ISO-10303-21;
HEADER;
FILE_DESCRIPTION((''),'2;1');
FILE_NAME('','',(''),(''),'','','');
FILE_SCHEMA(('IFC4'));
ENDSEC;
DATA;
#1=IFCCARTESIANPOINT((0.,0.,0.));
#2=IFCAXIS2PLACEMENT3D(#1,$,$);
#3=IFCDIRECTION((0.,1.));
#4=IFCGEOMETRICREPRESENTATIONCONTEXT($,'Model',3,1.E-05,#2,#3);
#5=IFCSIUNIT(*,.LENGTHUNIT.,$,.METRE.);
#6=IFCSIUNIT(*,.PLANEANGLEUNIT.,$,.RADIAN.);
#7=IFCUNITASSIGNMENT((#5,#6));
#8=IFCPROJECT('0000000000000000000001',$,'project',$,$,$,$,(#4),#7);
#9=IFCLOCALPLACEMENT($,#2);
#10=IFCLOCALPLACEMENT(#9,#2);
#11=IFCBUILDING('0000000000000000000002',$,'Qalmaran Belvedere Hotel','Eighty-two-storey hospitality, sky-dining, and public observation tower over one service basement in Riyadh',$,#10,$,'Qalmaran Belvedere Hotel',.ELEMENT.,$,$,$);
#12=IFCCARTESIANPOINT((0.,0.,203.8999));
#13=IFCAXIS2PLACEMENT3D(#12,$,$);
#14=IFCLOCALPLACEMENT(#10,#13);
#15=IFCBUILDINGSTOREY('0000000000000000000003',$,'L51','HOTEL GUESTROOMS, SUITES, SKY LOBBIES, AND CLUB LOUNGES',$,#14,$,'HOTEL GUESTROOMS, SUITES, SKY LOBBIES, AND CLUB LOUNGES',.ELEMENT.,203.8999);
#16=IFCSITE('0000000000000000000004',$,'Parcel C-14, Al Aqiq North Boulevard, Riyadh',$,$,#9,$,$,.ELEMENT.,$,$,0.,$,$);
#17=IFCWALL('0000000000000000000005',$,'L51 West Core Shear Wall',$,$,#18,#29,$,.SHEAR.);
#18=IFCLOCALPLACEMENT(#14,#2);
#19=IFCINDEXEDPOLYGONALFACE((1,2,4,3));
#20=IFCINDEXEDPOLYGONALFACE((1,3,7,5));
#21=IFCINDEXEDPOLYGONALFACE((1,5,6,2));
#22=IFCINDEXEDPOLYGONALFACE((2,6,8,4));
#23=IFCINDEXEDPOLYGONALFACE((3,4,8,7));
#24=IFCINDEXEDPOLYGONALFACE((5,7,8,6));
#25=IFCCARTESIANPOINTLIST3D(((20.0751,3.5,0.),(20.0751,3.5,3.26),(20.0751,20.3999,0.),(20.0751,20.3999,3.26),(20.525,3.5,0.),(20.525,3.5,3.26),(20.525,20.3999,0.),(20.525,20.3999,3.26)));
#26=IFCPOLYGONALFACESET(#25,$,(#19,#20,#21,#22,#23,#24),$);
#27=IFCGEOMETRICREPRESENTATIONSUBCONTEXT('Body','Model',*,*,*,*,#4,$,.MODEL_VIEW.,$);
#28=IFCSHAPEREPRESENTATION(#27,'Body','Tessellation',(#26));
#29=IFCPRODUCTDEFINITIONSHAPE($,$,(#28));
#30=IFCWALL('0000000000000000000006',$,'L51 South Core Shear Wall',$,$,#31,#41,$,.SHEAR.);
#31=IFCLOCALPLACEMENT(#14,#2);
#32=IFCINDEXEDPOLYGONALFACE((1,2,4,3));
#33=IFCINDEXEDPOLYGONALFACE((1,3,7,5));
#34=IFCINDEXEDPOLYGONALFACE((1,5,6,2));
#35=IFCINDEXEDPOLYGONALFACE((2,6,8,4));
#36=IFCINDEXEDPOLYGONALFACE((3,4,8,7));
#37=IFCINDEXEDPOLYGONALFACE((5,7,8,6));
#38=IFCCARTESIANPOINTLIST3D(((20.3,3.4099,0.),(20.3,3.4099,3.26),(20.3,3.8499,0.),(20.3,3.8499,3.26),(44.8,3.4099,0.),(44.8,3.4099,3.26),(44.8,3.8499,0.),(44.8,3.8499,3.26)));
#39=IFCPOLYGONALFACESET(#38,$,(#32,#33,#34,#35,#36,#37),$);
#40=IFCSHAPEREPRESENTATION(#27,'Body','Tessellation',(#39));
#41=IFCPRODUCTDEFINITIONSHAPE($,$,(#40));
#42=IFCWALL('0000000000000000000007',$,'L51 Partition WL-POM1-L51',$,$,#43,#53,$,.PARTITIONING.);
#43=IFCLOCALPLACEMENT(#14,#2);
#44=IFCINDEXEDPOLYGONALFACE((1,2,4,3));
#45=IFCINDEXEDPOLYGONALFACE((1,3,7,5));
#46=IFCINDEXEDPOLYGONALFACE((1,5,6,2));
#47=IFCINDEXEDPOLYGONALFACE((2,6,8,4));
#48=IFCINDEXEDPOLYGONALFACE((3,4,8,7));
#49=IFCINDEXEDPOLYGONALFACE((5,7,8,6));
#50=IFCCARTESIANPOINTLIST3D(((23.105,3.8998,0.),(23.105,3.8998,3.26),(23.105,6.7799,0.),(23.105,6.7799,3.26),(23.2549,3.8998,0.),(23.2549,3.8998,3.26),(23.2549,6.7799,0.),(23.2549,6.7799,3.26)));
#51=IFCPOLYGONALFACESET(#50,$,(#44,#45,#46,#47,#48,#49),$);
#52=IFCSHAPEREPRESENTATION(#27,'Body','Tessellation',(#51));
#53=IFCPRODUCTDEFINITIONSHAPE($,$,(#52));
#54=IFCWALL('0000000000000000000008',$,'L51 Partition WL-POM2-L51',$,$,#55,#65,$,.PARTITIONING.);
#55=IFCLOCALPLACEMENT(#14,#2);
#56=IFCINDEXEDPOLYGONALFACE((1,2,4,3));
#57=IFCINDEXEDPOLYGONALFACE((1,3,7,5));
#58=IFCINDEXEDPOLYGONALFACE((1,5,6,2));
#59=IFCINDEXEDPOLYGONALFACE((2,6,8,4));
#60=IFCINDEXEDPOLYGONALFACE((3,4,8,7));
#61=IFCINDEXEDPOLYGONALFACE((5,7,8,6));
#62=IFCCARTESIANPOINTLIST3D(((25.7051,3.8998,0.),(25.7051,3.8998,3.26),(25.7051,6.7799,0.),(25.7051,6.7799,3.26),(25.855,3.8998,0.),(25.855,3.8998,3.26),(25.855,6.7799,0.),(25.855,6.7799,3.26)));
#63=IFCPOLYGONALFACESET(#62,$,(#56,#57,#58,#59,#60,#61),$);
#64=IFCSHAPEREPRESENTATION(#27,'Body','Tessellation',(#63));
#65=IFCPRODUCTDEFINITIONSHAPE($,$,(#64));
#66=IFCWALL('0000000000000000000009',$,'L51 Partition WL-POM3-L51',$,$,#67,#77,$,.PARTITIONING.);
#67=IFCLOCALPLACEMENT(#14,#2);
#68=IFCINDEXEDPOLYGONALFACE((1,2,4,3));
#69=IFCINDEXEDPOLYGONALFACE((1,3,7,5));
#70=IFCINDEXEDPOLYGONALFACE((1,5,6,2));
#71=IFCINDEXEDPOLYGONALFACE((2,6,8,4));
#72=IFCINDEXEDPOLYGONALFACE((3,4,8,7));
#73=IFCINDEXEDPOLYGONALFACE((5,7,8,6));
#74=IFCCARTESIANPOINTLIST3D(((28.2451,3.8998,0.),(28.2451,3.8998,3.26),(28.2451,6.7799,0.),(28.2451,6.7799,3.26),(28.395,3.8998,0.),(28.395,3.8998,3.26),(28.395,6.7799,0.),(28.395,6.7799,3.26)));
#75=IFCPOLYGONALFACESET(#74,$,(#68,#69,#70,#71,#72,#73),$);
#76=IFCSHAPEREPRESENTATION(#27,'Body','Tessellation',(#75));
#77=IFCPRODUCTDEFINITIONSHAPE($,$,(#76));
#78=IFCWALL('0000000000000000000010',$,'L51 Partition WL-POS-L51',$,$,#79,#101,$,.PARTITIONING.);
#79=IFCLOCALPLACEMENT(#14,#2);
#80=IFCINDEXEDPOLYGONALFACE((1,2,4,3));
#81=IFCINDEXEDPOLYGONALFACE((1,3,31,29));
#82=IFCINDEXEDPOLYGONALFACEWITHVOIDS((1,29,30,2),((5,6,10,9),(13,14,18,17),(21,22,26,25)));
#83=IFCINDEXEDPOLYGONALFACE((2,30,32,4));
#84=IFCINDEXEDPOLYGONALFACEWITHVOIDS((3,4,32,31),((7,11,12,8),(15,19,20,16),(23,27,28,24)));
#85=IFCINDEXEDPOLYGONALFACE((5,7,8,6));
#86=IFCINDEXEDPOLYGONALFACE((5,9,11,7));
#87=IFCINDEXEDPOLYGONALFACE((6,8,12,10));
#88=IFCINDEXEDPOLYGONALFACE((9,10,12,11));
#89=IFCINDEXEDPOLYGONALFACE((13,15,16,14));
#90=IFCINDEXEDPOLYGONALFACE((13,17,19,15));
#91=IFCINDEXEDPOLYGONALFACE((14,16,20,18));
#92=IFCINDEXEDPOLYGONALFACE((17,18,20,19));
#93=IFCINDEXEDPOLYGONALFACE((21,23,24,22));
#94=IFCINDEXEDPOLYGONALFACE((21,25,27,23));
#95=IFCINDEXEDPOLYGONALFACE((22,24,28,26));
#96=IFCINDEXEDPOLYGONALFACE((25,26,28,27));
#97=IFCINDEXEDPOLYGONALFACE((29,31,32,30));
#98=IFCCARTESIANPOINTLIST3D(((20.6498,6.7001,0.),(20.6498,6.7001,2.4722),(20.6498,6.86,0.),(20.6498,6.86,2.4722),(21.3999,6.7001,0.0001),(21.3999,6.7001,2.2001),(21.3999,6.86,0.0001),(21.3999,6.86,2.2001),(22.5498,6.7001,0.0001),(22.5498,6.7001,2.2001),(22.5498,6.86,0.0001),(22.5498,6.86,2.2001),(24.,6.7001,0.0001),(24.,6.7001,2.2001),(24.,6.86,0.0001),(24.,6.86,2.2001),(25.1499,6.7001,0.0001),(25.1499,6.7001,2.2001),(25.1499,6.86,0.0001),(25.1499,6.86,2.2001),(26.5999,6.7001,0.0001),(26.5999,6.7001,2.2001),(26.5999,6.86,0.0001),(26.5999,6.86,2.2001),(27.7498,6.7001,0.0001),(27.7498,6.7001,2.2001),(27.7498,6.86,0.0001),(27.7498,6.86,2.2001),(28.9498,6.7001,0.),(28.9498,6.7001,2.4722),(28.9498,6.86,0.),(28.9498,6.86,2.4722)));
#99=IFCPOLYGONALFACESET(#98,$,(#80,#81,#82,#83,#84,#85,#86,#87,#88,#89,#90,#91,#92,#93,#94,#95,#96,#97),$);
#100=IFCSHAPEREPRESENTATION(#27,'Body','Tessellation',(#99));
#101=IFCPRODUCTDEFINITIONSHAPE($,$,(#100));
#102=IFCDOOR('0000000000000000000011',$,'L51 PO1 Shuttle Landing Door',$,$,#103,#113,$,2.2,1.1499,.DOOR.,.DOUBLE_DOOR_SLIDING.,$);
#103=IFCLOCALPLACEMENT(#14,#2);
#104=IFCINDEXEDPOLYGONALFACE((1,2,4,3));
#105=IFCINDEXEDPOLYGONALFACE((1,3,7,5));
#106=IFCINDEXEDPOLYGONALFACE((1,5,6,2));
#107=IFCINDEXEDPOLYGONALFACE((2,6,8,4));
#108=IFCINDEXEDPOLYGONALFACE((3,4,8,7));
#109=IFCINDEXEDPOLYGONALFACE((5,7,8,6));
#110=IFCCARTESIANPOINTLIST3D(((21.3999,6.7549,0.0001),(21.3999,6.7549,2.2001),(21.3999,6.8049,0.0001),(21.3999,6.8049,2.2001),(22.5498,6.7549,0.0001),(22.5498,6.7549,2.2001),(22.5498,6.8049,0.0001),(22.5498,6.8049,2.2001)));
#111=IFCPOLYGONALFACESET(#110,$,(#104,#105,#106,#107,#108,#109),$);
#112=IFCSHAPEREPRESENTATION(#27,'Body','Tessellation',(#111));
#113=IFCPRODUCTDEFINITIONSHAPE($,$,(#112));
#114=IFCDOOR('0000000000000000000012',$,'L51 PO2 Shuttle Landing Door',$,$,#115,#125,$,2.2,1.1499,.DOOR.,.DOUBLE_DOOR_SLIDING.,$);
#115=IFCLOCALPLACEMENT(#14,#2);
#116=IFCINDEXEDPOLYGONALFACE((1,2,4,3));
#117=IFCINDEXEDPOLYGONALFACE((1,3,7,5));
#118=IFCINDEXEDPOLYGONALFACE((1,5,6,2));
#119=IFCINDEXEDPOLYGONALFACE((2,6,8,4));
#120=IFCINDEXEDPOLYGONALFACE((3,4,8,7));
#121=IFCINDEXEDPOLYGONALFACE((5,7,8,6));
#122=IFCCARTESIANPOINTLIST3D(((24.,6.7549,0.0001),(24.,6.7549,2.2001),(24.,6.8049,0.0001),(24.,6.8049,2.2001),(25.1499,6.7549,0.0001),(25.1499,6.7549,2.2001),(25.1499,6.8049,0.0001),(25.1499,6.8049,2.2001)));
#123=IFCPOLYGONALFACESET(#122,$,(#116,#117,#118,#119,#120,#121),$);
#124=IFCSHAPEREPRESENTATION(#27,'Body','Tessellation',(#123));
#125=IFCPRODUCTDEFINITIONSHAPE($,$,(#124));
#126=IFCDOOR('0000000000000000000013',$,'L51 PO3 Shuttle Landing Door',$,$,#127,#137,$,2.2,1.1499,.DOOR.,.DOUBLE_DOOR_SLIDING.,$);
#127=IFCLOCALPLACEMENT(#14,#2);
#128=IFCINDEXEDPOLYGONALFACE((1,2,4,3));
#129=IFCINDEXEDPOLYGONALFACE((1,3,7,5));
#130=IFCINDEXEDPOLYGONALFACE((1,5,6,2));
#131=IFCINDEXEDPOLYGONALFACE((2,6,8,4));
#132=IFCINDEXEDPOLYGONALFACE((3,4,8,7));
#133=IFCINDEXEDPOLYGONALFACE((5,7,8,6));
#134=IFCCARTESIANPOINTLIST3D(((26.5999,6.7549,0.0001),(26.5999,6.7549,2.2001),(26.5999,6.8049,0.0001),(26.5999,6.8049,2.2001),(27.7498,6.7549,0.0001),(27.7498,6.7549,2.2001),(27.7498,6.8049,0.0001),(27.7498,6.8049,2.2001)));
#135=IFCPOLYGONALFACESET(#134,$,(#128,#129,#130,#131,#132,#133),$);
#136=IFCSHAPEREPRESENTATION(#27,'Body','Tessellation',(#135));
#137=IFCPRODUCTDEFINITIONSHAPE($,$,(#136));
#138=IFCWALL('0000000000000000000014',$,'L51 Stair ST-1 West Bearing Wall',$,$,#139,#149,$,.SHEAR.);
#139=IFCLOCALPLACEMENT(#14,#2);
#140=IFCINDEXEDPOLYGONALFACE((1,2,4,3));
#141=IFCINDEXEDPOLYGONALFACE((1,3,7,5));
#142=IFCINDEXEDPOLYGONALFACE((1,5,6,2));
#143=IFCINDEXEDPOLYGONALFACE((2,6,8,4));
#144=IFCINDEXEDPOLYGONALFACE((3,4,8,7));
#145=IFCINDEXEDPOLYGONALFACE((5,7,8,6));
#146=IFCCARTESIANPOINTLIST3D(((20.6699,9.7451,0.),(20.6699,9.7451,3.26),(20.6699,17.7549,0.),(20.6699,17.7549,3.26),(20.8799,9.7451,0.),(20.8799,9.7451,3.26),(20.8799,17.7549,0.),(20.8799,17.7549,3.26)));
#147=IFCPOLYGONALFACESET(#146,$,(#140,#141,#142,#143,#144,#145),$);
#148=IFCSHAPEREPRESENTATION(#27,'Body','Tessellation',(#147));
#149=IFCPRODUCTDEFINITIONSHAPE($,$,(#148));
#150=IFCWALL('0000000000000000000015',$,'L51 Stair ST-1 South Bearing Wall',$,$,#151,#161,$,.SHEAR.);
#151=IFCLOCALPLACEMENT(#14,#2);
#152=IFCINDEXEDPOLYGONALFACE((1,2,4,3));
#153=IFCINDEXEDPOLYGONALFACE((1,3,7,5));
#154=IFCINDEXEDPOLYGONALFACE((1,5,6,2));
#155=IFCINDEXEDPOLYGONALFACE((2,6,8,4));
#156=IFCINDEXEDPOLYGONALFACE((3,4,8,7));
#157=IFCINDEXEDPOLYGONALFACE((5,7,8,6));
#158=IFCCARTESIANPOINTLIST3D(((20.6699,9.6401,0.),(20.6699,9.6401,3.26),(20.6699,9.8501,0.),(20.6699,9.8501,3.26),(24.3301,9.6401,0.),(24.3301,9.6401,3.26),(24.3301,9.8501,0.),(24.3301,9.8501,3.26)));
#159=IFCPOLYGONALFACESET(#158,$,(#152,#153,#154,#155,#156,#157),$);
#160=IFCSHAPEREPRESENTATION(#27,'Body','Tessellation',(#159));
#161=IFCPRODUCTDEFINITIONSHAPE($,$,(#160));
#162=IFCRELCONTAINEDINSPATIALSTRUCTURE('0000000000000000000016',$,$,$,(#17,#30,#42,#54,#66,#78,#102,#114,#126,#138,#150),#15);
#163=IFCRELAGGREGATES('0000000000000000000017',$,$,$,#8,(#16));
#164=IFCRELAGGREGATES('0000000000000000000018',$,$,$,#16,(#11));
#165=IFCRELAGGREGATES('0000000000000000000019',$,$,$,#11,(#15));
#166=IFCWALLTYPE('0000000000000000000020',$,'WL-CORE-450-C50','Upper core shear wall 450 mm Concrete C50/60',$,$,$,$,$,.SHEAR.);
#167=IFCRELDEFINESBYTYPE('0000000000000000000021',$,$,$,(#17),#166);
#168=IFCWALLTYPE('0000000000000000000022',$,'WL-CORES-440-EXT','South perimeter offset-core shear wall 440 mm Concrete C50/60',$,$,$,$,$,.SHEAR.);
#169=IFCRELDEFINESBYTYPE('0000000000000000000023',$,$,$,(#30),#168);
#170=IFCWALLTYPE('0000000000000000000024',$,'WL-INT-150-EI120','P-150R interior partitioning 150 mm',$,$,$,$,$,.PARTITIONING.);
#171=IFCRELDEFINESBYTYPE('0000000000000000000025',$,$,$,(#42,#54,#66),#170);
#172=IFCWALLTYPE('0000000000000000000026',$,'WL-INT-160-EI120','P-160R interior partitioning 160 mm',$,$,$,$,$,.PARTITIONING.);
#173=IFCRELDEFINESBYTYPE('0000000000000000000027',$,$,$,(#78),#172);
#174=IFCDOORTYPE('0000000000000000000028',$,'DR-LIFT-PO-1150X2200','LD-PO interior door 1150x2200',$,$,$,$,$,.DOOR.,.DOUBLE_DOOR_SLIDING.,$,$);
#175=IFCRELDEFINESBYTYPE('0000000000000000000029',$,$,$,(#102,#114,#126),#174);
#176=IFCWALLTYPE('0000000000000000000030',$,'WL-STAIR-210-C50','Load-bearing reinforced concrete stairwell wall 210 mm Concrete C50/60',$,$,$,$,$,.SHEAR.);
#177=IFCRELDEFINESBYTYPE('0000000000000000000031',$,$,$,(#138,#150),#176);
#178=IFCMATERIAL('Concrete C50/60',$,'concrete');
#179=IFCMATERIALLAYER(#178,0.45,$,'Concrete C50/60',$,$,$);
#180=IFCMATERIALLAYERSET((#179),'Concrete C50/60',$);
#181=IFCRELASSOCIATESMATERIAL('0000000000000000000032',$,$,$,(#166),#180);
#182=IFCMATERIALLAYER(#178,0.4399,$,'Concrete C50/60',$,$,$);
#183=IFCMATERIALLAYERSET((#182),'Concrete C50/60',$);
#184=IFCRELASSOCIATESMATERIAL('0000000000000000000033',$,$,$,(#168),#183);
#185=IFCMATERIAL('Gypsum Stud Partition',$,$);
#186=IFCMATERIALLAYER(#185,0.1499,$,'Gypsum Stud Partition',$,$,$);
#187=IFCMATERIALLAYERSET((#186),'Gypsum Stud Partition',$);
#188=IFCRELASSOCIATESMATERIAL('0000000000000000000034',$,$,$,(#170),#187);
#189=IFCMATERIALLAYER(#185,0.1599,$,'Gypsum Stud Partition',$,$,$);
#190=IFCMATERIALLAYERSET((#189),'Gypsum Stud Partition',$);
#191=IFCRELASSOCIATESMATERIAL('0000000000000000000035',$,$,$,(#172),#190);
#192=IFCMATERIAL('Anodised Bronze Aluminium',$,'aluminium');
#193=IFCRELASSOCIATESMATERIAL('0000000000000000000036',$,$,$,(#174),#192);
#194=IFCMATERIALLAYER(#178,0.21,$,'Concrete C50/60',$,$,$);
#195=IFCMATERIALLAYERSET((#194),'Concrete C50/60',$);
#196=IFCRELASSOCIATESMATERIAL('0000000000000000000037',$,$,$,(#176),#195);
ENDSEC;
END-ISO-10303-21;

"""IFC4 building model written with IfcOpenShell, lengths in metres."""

from ifc_helpers import new_model, si_unit, direction, frame, frame_2d, origin, place, context, subcontext, project, spatial, rectangle, extrude, material, layer, layer_set, type_object, element, fill, save


model = new_model("IFC4")

# Units and contexts
model_context = context("Model", 3, precision=1e-05, world=origin(), true_north=direction((0.0, 1.0)))
body_context = subcontext(model_context, "Body", "Model", "MODEL_VIEW")
ifc_project = project(units=[si_unit("LENGTHUNIT", "METRE"), si_unit("PLANEANGLEUNIT", "RADIAN")], contexts=[model_context])

# Site, building, storey
site_placement = place(None, origin())
site = spatial("IfcSite", under=ifc_project, at=site_placement, Name="Parcel C-14, Al Aqiq North Boulevard, Riyadh", CompositionType="ELEMENT", RefElevation=0.0)
building_placement = place(site_placement, origin())
building = spatial("IfcBuilding", under=site, at=building_placement, Name="Qalmaran Belvedere Hotel", Description="Eighty-two-storey hospitality, sky-dining, and public observation tower over one service basement in Riyadh", LongName="Qalmaran Belvedere Hotel", CompositionType="ELEMENT")
storey_placement = place(building_placement, frame((0.0, 0.0, 203.8999)))
storey = spatial("IfcBuildingStorey", under=building, at=storey_placement, Name="L51", Description="HOTEL GUESTROOMS, SUITES, SKY LOBBIES, AND CLUB LOUNGES", LongName="HOTEL GUESTROOMS, SUITES, SKY LOBBIES, AND CLUB LOUNGES", CompositionType="ELEMENT", Elevation=203.8999)

# Shared definitions
ifc_material_1 = material(Name="Concrete C50/60", Category="concrete")

# Shared definitions
ifc_material_2 = material(Name="Anodised Bronze Aluminium", Category="aluminium")

# Walls
ifc_layer_1 = layer(ifc_material_1, 0.45, Name="Concrete C50/60")
ifc_layer_set_1 = layer_set([ifc_layer_1], Name="Concrete C50/60")
wall_type_1 = type_object("IfcWallType", Name="WL-CORE-450-C50", Description="Upper core shear wall 450 mm Concrete C50/60", PredefinedType="SHEAR", material=ifc_layer_set_1)
wall_1_placement = place(storey_placement, frame((20.3, 3.5, 0.0), z_axis=(0.0, 0.0, 1.0), x_axis=(0.0, 1.0, 0.0)))
element("IfcWall", 1, at=wall_1_placement, inside=storey, type_object=wall_type_1, Name="L51 West Core Shear Wall", PredefinedType="SHEAR", context=body_context, shape_type="SweptSolid", body=[
    extrude(rectangle(XDim=16.8999, YDim=0.45, at=frame_2d((8.45, 0.0))), origin(), (0.0, 0.0, 1.0), 3.26),
])
ifc_layer_2 = layer(ifc_material_1, 0.4399, Name="Concrete C50/60")
ifc_layer_set_2 = layer_set([ifc_layer_2], Name="Concrete C50/60")
wall_type_2 = type_object("IfcWallType", Name="WL-CORES-440-EXT", Description="South perimeter offset-core shear wall 440 mm Concrete C50/60", PredefinedType="SHEAR", material=ifc_layer_set_2)
wall_2_placement = place(storey_placement, frame((20.3, 3.6299, 0.0), z_axis=(0.0, 0.0, 1.0), x_axis=(1.0, 0.0, 0.0)))
element("IfcWall", 2, at=wall_2_placement, inside=storey, type_object=wall_type_2, Name="L51 South Core Shear Wall", PredefinedType="SHEAR", context=body_context, shape_type="SweptSolid", body=[
    extrude(rectangle(XDim=24.5, YDim=0.4399, at=frame_2d((12.25, 0.0))), origin(), (0.0, 0.0, 1.0), 3.26),
])
ifc_material_3 = material(Name="Gypsum Stud Partition")
ifc_layer_3 = layer(ifc_material_3, 0.1499, Name="Gypsum Stud Partition")
ifc_layer_set_3 = layer_set([ifc_layer_3], Name="Gypsum Stud Partition")
wall_type_3 = type_object("IfcWallType", Name="WL-INT-150-EI120", Description="P-150R interior partitioning 150 mm", PredefinedType="PARTITIONING", material=ifc_layer_set_3)
for number, where, z_axis, x_axis, name in (
    (3, (23.1799, 3.8999, 0.0), (0.0, 0.0, 1.0), (0.0, 1.0, 0.0), "L51 Partition WL-POM1-L51"),
    (4, (25.78, 3.8999, 0.0), (0.0, 0.0, 1.0), (0.0, 1.0, 0.0), "L51 Partition WL-POM2-L51"),
    (5, (28.3201, 3.8999, 0.0), (0.0, 0.0, 1.0), (0.0, 1.0, 0.0), "L51 Partition WL-POM3-L51"),
):
    element("IfcWall", number, at=place(storey_placement, frame(where, z_axis=z_axis, x_axis=x_axis)), inside=storey, type_object=wall_type_3, Name=name, PredefinedType="PARTITIONING", context=body_context, shape_type="SweptSolid", body=[
        extrude(rectangle(XDim=2.8801, YDim=0.1499, at=frame_2d((1.4399, 0.0))), origin(), (0.0, 0.0, 1.0), 3.26),
    ])

# Wall, openings, doors
ifc_layer_4 = layer(ifc_material_3, 0.1599, Name="Gypsum Stud Partition")
ifc_layer_set_4 = layer_set([ifc_layer_4], Name="Gypsum Stud Partition")
wall_type_4 = type_object("IfcWallType", Name="WL-INT-160-EI120", Description="P-160R interior partitioning 160 mm", PredefinedType="PARTITIONING", material=ifc_layer_set_4)
wall_3_placement = place(storey_placement, frame((20.6499, 6.78, 0.0), z_axis=(0.0, 0.0, 1.0), x_axis=(1.0, 0.0, 0.0)))
wall_3 = element("IfcWall", 6, at=wall_3_placement, inside=storey, type_object=wall_type_4, Name="L51 Partition WL-POS-L51", PredefinedType="PARTITIONING", context=body_context, shape_type="SweptSolid", body=[
    extrude(rectangle(XDim=8.3, YDim=0.1599, at=frame_2d((4.1499, 0.0))), origin(), (0.0, 0.0, 1.0), 2.4722),
])
opening_1_placement = place(wall_3_placement, frame((0.75, 0.0, 0.0)))
opening_1 = element("IfcOpeningElement", 7, at=opening_1_placement, cuts=wall_3, PredefinedType="OPENING", context=body_context, shape_type="SweptSolid", body=[
    extrude(rectangle(XDim=1.1499, YDim=2.2, at=frame_2d((0.575, 1.1001))), frame((0.0, 0.0898, 0.0), z_axis=(0.0, -1.0, 0.0), x_axis=(1.0, 0.0, 0.0)), (0.0, 0.0, 1.0), 0.1799),
])
opening_2_placement = place(wall_3_placement, frame((3.3501, 0.0, 0.0)))
opening_2 = element("IfcOpeningElement", 8, at=opening_2_placement, cuts=wall_3, PredefinedType="OPENING", context=body_context, shape_type="SweptSolid", body=[
    extrude(rectangle(XDim=1.1499, YDim=2.2, at=frame_2d((0.575, 1.1001))), frame((0.0, 0.0898, 0.0), z_axis=(0.0, -1.0, 0.0), x_axis=(1.0, 0.0, 0.0)), (0.0, 0.0, 1.0), 0.1799),
])
opening_3_placement = place(wall_3_placement, frame((5.95, 0.0, 0.0)))
opening_3 = element("IfcOpeningElement", 9, at=opening_3_placement, cuts=wall_3, PredefinedType="OPENING", context=body_context, shape_type="SweptSolid", body=[
    extrude(rectangle(XDim=1.1499, YDim=2.2, at=frame_2d((0.575, 1.1001))), frame((0.0, 0.0898, 0.0), z_axis=(0.0, -1.0, 0.0), x_axis=(1.0, 0.0, 0.0)), (0.0, 0.0, 1.0), 0.1799),
])
door_type_1 = type_object("IfcDoorType", Name="DR-LIFT-PO-1150X2200", Description="LD-PO interior door 1150x2200", OperationType="DOUBLE_DOOR_SLIDING", PredefinedType="DOOR", material=ifc_material_2)
door_1_placement = place(opening_1_placement, origin())
door_1 = element("IfcDoor", 10, at=door_1_placement, inside=storey, type_object=door_type_1, Name="L51 PO1 Shuttle Landing Door", OperationType="DOUBLE_DOOR_SLIDING", OverallHeight=2.2, OverallWidth=1.1499, PredefinedType="DOOR", context=body_context, shape_type="SweptSolid", body=[
    extrude(rectangle(XDim=1.1499, YDim=2.2, at=frame_2d((0.575, 1.1001))), frame((0.0, 0.0249, 0.0), z_axis=(0.0, -1.0, 0.0), x_axis=(1.0, 0.0, 0.0)), (0.0, 0.0, 1.0), 0.05),
])
fill(opening_1, door_1)
door_2_placement = place(opening_2_placement, origin())
door_2 = element("IfcDoor", 11, at=door_2_placement, inside=storey, type_object=door_type_1, Name="L51 PO2 Shuttle Landing Door", OperationType="DOUBLE_DOOR_SLIDING", OverallHeight=2.2, OverallWidth=1.1499, PredefinedType="DOOR", context=body_context, shape_type="SweptSolid", body=[
    extrude(rectangle(XDim=1.1499, YDim=2.2, at=frame_2d((0.575, 1.1001))), frame((0.0, 0.0249, 0.0), z_axis=(0.0, -1.0, 0.0), x_axis=(1.0, 0.0, 0.0)), (0.0, 0.0, 1.0), 0.05),
])
fill(opening_2, door_2)
door_3_placement = place(opening_3_placement, origin())
door_3 = element("IfcDoor", 12, at=door_3_placement, inside=storey, type_object=door_type_1, Name="L51 PO3 Shuttle Landing Door", OperationType="DOUBLE_DOOR_SLIDING", OverallHeight=2.2, OverallWidth=1.1499, PredefinedType="DOOR", context=body_context, shape_type="SweptSolid", body=[
    extrude(rectangle(XDim=1.1499, YDim=2.2, at=frame_2d((0.575, 1.1001))), frame((0.0, 0.0249, 0.0), z_axis=(0.0, -1.0, 0.0), x_axis=(1.0, 0.0, 0.0)), (0.0, 0.0, 1.0), 0.05),
])
fill(opening_3, door_3)

# Walls
ifc_layer_5 = layer(ifc_material_1, 0.21, Name="Concrete C50/60")
ifc_layer_set_5 = layer_set([ifc_layer_5], Name="Concrete C50/60")
wall_type_5 = type_object("IfcWallType", Name="WL-STAIR-210-C50", Description="Load-bearing reinforced concrete stairwell wall 210 mm Concrete C50/60", PredefinedType="SHEAR", material=ifc_layer_set_5)
wall_4_placement = place(storey_placement, frame((20.7749, 9.7451, 0.0), z_axis=(0.0, 0.0, 1.0), x_axis=(0.0, 1.0, 0.0)))
element("IfcWall", 13, at=wall_4_placement, inside=storey, type_object=wall_type_5, Name="L51 Stair ST-1 West Bearing Wall", PredefinedType="SHEAR", context=body_context, shape_type="SweptSolid", body=[
    extrude(rectangle(XDim=8.0098, YDim=0.21, at=frame_2d((4.0049, 0.0))), origin(), (0.0, 0.0, 1.0), 3.26),
])
wall_5_placement = place(storey_placement, frame((20.6699, 9.7451, 0.0), z_axis=(0.0, 0.0, 1.0), x_axis=(1.0, 0.0, 0.0)))
element("IfcWall", 14, at=wall_5_placement, inside=storey, type_object=wall_type_5, Name="L51 Stair ST-1 South Bearing Wall", PredefinedType="SHEAR", context=body_context, shape_type="SweptSolid", body=[
    extrude(rectangle(XDim=3.6602, YDim=0.21, at=frame_2d((1.8301, 0.0))), origin(), (0.0, 0.0, 1.0), 3.26),
])

save(model, "model.ifc")
